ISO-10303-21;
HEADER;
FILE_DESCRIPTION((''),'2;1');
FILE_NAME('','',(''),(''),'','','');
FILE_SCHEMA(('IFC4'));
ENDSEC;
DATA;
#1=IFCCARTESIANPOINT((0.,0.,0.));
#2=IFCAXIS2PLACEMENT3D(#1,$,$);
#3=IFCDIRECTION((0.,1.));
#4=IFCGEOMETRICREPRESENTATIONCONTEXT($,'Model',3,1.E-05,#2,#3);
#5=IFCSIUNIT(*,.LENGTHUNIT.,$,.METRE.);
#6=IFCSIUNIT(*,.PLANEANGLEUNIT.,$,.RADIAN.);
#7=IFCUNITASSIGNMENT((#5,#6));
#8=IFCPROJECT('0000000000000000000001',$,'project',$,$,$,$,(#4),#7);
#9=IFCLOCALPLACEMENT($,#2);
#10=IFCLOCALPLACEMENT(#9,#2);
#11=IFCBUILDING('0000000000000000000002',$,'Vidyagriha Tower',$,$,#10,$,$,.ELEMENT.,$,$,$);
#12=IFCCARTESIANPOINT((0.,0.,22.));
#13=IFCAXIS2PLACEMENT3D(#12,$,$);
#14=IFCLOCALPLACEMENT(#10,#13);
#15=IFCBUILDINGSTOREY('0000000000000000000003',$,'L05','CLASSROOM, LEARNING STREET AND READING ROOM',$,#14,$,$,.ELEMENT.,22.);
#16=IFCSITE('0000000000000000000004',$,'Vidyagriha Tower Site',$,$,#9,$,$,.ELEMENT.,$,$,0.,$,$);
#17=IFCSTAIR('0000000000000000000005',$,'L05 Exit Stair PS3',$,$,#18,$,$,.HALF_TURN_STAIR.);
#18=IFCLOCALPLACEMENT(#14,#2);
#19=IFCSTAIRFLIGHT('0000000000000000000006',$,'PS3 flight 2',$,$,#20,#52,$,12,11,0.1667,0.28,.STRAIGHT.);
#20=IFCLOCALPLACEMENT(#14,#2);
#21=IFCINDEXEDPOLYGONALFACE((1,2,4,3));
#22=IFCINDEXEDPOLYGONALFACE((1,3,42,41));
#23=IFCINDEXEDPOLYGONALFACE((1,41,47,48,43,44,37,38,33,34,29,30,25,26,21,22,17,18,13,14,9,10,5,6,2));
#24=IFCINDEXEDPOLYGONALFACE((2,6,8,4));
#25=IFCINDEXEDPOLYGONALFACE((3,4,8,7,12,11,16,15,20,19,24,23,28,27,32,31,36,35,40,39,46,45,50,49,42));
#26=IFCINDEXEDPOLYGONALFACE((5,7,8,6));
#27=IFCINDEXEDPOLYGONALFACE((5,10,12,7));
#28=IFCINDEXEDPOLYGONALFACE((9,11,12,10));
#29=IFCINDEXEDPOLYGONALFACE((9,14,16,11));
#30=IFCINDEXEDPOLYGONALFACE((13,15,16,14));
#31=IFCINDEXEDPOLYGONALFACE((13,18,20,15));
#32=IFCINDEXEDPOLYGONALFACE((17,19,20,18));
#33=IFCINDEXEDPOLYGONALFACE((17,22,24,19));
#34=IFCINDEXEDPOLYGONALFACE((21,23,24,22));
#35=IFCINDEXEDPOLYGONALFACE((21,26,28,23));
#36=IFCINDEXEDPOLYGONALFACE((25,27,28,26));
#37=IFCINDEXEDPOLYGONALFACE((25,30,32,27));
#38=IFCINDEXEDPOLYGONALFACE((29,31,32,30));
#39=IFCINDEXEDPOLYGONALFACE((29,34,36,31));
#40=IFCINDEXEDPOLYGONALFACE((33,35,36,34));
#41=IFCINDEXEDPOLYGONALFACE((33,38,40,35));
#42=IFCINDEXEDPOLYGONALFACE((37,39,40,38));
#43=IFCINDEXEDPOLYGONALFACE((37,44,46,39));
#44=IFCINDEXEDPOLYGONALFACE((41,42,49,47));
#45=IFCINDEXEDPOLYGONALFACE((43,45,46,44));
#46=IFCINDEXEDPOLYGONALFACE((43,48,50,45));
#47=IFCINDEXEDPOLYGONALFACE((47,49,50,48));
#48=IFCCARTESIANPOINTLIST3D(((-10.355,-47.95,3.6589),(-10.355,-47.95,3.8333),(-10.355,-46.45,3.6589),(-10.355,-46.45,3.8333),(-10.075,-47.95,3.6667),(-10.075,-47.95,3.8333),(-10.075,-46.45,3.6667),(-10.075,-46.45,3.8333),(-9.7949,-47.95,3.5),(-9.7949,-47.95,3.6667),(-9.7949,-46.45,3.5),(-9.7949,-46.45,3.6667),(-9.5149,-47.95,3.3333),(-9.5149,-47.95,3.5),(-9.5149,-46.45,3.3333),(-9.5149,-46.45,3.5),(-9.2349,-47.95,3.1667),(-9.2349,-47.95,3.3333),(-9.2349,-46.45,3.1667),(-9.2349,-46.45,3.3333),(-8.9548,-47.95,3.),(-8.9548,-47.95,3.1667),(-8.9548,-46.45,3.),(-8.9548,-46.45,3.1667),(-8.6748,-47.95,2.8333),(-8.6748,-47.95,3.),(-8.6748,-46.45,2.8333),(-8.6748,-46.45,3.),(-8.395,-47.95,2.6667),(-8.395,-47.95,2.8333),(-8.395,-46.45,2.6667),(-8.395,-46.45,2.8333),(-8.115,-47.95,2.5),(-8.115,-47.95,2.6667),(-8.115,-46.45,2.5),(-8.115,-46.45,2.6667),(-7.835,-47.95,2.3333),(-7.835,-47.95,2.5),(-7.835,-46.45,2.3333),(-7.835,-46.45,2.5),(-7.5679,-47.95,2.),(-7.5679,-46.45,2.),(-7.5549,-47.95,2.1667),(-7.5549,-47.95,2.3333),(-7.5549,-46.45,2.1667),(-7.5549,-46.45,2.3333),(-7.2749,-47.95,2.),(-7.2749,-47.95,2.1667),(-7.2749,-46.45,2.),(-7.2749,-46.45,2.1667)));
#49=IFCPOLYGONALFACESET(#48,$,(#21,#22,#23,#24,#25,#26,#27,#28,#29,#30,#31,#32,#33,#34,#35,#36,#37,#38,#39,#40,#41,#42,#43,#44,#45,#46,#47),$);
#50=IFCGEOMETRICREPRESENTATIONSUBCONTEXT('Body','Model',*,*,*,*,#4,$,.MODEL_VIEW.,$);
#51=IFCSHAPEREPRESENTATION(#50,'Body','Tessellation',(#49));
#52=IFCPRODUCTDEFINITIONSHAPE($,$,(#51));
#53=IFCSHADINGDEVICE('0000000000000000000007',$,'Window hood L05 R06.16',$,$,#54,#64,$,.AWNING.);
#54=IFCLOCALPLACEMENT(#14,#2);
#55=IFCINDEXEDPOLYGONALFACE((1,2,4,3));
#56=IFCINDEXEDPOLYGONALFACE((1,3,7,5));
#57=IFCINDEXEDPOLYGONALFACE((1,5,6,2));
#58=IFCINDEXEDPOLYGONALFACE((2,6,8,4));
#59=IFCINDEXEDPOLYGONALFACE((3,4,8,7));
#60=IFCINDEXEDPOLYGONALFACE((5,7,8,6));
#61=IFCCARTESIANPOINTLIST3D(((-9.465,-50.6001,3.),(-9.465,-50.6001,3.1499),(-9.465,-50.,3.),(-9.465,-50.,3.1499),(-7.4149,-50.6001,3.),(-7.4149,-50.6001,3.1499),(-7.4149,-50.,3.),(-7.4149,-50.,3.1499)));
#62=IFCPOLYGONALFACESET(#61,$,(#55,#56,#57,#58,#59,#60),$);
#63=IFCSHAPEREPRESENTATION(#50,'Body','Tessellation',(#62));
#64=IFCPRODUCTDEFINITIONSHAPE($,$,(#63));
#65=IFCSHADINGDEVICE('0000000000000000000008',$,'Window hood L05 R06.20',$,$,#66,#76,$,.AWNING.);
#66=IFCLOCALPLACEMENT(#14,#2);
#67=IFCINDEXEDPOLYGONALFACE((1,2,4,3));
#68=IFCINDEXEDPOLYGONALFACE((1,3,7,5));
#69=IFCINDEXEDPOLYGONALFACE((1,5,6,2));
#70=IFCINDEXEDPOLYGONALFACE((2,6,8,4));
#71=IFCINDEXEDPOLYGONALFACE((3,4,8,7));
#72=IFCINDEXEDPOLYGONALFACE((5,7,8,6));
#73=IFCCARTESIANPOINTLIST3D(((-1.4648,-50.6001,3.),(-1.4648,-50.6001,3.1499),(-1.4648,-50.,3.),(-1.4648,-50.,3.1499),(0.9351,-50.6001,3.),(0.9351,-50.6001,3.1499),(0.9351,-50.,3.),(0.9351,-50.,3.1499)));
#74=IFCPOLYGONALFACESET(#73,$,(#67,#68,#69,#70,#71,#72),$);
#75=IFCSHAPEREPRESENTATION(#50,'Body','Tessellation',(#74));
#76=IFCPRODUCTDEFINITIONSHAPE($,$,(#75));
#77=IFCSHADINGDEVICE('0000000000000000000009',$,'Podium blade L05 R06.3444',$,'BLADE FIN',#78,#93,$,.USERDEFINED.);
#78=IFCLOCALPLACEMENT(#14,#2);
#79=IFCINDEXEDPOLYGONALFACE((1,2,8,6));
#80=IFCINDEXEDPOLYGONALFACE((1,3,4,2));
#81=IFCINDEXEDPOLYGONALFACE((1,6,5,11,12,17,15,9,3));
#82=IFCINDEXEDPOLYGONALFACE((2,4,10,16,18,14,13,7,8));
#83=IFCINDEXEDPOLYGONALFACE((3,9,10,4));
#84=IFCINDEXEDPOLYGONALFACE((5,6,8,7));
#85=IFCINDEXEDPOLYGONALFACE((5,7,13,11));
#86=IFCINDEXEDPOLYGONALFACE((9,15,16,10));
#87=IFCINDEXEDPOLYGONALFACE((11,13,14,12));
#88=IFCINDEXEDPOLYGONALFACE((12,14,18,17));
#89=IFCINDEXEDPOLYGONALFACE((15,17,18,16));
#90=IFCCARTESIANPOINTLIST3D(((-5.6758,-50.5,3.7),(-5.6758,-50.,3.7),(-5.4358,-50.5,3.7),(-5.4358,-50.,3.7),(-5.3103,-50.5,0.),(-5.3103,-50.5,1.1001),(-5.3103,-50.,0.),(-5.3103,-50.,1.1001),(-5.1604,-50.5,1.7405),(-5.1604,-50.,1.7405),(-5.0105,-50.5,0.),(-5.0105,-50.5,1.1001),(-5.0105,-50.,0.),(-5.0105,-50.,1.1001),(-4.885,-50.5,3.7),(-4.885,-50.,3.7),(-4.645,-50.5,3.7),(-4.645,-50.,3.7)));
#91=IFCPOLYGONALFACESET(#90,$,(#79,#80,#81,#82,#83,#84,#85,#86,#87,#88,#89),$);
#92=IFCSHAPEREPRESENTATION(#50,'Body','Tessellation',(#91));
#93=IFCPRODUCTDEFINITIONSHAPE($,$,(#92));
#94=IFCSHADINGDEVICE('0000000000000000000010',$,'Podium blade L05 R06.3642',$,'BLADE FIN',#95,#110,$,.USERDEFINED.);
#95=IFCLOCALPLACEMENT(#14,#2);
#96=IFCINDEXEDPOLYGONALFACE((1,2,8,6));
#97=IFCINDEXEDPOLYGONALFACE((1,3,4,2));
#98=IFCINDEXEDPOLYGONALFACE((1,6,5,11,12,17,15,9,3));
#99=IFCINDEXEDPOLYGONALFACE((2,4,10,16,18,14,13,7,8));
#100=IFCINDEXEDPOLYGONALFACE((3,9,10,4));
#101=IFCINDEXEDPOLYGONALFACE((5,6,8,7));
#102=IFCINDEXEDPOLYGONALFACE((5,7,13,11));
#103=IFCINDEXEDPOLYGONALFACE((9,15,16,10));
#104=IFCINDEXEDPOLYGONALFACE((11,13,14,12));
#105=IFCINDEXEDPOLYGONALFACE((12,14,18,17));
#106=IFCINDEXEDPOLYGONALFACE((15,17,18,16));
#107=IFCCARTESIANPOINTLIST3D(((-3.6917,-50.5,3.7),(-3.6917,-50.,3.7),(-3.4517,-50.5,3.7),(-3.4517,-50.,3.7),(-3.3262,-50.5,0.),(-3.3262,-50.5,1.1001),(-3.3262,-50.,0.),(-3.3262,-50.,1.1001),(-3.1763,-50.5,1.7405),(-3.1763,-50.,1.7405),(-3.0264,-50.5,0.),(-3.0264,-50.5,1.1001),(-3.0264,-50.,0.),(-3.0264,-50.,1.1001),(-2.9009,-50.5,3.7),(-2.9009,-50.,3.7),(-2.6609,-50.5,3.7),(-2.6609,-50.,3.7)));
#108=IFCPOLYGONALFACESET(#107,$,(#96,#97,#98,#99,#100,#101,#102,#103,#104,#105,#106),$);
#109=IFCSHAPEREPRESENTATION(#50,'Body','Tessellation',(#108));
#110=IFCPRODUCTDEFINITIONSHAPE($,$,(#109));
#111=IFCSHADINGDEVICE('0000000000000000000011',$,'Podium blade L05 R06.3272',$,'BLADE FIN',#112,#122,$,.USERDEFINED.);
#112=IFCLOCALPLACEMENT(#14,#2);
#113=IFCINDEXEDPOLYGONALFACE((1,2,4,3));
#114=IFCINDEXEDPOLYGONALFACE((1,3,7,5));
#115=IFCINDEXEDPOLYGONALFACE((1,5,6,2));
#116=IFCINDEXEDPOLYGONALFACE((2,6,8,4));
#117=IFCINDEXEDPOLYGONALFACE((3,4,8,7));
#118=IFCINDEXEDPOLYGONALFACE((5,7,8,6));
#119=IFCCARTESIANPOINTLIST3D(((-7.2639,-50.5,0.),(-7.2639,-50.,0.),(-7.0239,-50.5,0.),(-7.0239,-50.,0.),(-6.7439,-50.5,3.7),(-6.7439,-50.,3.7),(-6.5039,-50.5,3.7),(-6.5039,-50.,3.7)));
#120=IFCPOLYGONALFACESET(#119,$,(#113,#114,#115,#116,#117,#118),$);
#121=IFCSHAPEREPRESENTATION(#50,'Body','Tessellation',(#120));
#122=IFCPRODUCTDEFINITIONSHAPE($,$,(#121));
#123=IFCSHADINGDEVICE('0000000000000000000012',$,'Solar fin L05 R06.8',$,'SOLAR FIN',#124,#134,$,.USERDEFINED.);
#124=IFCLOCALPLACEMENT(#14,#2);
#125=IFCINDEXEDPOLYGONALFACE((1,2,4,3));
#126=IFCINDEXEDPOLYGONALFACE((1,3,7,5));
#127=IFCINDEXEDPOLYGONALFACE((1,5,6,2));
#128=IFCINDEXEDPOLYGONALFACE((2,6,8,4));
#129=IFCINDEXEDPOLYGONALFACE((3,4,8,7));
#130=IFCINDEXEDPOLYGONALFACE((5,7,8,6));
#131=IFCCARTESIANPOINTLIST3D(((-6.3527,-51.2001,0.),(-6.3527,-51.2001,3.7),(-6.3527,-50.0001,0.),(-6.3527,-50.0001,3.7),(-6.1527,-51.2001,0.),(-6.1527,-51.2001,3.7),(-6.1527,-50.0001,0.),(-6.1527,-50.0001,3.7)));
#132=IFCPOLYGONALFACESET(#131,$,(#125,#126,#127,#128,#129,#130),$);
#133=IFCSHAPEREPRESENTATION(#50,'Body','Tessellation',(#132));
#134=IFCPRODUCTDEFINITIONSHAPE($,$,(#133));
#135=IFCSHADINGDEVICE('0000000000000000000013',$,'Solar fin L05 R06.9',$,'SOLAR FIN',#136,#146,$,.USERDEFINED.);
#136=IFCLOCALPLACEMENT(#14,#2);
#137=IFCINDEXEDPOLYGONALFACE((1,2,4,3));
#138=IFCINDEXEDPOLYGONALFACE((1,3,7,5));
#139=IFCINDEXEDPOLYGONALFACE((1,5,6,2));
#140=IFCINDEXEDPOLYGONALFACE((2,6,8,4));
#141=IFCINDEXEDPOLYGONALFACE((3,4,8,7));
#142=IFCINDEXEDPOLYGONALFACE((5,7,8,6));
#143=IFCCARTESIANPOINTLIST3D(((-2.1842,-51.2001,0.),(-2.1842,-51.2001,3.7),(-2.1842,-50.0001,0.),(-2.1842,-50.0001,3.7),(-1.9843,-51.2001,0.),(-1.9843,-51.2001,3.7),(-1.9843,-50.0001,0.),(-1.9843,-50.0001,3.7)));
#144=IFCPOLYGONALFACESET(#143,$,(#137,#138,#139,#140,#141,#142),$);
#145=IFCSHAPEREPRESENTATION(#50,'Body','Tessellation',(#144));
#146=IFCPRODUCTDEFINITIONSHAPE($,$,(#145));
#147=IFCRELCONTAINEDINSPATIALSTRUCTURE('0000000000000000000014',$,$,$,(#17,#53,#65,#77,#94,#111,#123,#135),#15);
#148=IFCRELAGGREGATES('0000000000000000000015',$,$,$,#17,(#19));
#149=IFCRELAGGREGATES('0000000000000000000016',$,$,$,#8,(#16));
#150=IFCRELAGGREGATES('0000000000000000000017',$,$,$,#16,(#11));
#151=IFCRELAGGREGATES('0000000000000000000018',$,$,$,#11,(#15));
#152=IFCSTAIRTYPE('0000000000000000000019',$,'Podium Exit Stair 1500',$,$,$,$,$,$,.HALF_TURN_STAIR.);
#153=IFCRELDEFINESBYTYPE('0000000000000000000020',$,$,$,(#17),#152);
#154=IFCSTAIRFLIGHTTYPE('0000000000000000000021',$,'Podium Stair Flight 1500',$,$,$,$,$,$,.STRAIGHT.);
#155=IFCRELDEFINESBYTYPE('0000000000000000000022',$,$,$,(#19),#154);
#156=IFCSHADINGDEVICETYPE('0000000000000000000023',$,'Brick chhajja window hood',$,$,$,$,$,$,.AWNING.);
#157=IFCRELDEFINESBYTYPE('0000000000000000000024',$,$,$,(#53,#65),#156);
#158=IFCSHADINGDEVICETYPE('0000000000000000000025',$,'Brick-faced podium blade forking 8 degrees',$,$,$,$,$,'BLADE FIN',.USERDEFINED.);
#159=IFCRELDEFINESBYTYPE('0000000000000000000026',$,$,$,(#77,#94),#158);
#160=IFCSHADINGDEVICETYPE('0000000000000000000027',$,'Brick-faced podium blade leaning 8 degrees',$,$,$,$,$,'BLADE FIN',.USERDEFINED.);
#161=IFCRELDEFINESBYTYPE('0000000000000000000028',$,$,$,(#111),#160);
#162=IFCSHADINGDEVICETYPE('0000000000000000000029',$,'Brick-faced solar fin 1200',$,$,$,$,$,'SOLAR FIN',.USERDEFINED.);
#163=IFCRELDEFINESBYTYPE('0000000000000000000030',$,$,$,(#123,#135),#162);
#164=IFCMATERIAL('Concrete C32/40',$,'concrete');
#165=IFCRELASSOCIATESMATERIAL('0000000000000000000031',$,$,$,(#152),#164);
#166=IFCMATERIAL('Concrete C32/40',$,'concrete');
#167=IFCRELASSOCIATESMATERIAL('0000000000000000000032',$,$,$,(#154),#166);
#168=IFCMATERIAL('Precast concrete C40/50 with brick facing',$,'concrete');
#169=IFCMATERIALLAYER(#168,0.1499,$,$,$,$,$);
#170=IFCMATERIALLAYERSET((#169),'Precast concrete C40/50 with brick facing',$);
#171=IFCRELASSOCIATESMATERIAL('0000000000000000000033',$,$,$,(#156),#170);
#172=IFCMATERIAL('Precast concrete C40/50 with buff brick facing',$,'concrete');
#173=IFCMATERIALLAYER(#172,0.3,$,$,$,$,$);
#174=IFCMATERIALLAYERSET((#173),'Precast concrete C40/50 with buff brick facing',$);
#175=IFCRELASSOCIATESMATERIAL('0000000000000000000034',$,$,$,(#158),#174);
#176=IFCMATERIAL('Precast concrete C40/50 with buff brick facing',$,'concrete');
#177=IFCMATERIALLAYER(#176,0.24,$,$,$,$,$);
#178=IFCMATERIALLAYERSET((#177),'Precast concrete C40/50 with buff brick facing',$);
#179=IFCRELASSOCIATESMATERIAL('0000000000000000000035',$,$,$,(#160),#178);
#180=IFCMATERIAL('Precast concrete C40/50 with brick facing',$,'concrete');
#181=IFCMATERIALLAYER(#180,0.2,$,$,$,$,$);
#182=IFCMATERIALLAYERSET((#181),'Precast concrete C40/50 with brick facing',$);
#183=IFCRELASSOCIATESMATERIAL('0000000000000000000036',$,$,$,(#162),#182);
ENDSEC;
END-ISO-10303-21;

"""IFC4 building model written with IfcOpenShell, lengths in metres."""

from ifc_helpers import new_model, si_unit, direction, frame, frame_2d, origin, origin_2d, place, context, subcontext, project, spatial, polyline, rectangle, outline, extrude, material, layer, layer_set, type_object, element, aggregate, save


model = new_model("IFC4")

# Units and contexts
model_context = context("Model", 3, precision=1e-05, world=origin(), true_north=direction((0.0, 1.0)))
body_context = subcontext(model_context, "Body", "Model", "MODEL_VIEW")
ifc_project = project(units=[si_unit("LENGTHUNIT", "METRE"), si_unit("PLANEANGLEUNIT", "RADIAN")], contexts=[model_context])

# Site, building, storey
site_placement = place(None, origin())
site = spatial("IfcSite", under=ifc_project, at=site_placement, Name="Vidyagriha Tower Site", CompositionType="ELEMENT", RefElevation=0.0)
building_placement = place(site_placement, origin())
building = spatial("IfcBuilding", under=site, at=building_placement, Name="Vidyagriha Tower", CompositionType="ELEMENT")
storey_placement = place(building_placement, frame((0.0, 0.0, 22.0)))
storey = spatial("IfcBuildingStorey", under=building, at=storey_placement, Name="L05", Description="CLASSROOM, LEARNING STREET AND READING ROOM", CompositionType="ELEMENT", Elevation=22.0)

# Stair, stair flight
ifc_material_1 = material(Name="Concrete C32/40", Category="concrete")
stair_type = type_object("IfcStairType", Name="Podium Exit Stair 1500", PredefinedType="HALF_TURN_STAIR", material=ifc_material_1)
stair_placement = place(storey_placement, origin())
stair = element("IfcStair", 1, at=stair_placement, inside=storey, type_object=stair_type, Name="L05 Exit Stair PS3", PredefinedType="HALF_TURN_STAIR")
ifc_material_2 = material(Name="Concrete C32/40", Category="concrete")
stair_flight_type = type_object("IfcStairFlightType", Name="Podium Stair Flight 1500", PredefinedType="STRAIGHT", material=ifc_material_2)
stair_flight_1_placement = place(storey_placement, frame((-7.2749, -47.2, 2.0), z_axis=(0.0, 0.0, 1.0), x_axis=(-1.0, 0.0, 0.0)))
stair_flight_1 = element("IfcStairFlight", 2, at=stair_flight_1_placement, type_object=stair_flight_type, Name="PS3 flight 2", NumberOfRisers=12, NumberOfTreads=11, PredefinedType="STRAIGHT", RiserHeight=0.1667, TreadLength=0.28, context=body_context, shape_type="SweptSolid", body=[
    extrude(outline(polyline([(0.0, 0.0), (0.0, 0.1667), (0.28, 0.1667), (0.28, 0.3333), (0.5601, 0.3333), (0.5601, 0.5), (0.8401, 0.5), (0.8401, 0.6667), (1.1201, 0.6667), (1.1201, 0.8333), (1.3999, 0.8333), (1.3999, 1.0), (1.6799, 1.0), (1.6799, 1.1667), (1.96, 1.1667), (1.96, 1.3333), (2.24, 1.3333), (2.24, 1.5), (2.52, 1.5), (2.52, 1.6667), (2.8, 1.6667), (2.8, 1.8333), (3.0801, 1.8333), (3.0801, 2.0), (3.0801, 1.6589), (0.293, 0.0), (0.0, 0.0)])), frame((0.0, 0.75, 0.0), z_axis=(0.0, -1.0, 0.0), x_axis=(1.0, 0.0, 0.0)), (0.0, 0.0, 1.0), 1.5),
])
aggregate(stair, [stair_flight_1])

# Shading devices
ifc_material_3 = material(Name="Precast concrete C40/50 with brick facing", Category="concrete")
ifc_layer_1 = layer(ifc_material_3, 0.1499)
ifc_layer_set_1 = layer_set([ifc_layer_1], Name="Precast concrete C40/50 with brick facing")
shading_device_type_1 = type_object("IfcShadingDeviceType", Name="Brick chhajja window hood", PredefinedType="AWNING", material=ifc_layer_set_1)
shading_device_1_placement = place(storey_placement, frame((-8.4399, -50.3, 3.0)))
element("IfcShadingDevice", 3, at=shading_device_1_placement, inside=storey, type_object=shading_device_type_1, Name="Window hood L05 R06.16", PredefinedType="AWNING", context=body_context, shape_type="SweptSolid", body=[
    extrude(rectangle(XDim=2.05, YDim=0.6001, at=origin_2d()), origin(), (0.0, 0.0, 1.0), 0.1499),
])
shading_device_2_placement = place(storey_placement, frame((-0.2649, -50.3, 3.0)))
element("IfcShadingDevice", 4, at=shading_device_2_placement, inside=storey, type_object=shading_device_type_1, Name="Window hood L05 R06.20", PredefinedType="AWNING", context=body_context, shape_type="SweptSolid", body=[
    extrude(rectangle(XDim=2.3999, YDim=0.6001, at=origin_2d()), origin(), (0.0, 0.0, 1.0), 0.1499),
])
ifc_material_4 = material(Name="Precast concrete C40/50 with buff brick facing", Category="concrete")
ifc_layer_2 = layer(ifc_material_4, 0.3)
ifc_layer_set_2 = layer_set([ifc_layer_2], Name="Precast concrete C40/50 with buff brick facing")
shading_device_type_2 = type_object("IfcShadingDeviceType", Name="Brick-faced podium blade forking 8 degrees", ElementType="BLADE FIN", PredefinedType="USERDEFINED", material=ifc_layer_set_2)
for number, where, name in (
    (5, (-5.6758, -50.25, 0.0), "Podium blade L05 R06.3444"),
    (6, (-3.6917, -50.25, 0.0), "Podium blade L05 R06.3642"),
):
    element("IfcShadingDevice", number, at=place(storey_placement, frame(where)), inside=storey, type_object=shading_device_type_2, Name=name, ObjectType="BLADE FIN", PredefinedType="USERDEFINED", context=body_context, shape_type="SweptSolid", body=[
        extrude(outline(polyline([(0.6653, 0.0), (0.6653, 1.1001), (1.0308, 3.7), (0.7908, 3.7), (0.5154, 1.7405), (0.24, 3.7), (0.0, 3.7), (0.3655, 1.1001), (0.3655, 0.0), (0.6653, 0.0)])), frame((0.0, 0.25, 0.0), z_axis=(0.0, -1.0, 0.0), x_axis=(1.0, 0.0, 0.0)), (0.0, 0.0, 1.0), 0.5),
    ])
ifc_material_5 = material(Name="Precast concrete C40/50 with buff brick facing", Category="concrete")
ifc_layer_3 = layer(ifc_material_5, 0.24)
ifc_layer_set_3 = layer_set([ifc_layer_3], Name="Precast concrete C40/50 with buff brick facing")
shading_device_type_3 = type_object("IfcShadingDeviceType", Name="Brick-faced podium blade leaning 8 degrees", ElementType="BLADE FIN", PredefinedType="USERDEFINED", material=ifc_layer_set_3)
shading_device_3_placement = place(storey_placement, frame((-7.2639, -50.25, 0.0)))
element("IfcShadingDevice", 7, at=shading_device_3_placement, inside=storey, type_object=shading_device_type_3, Name="Podium blade L05 R06.3272", ObjectType="BLADE FIN", PredefinedType="USERDEFINED", context=body_context, shape_type="SweptSolid", body=[
    extrude(outline(polyline([(0.0, 0.0), (0.24, 0.0), (0.76, 3.7), (0.52, 3.7), (0.0, 0.0)])), frame((0.0, 0.25, 0.0), z_axis=(0.0, -1.0, 0.0), x_axis=(1.0, 0.0, 0.0)), (0.0, 0.0, 1.0), 0.5),
])
ifc_material_6 = material(Name="Precast concrete C40/50 with brick facing", Category="concrete")
ifc_layer_4 = layer(ifc_material_6, 0.2)
ifc_layer_set_4 = layer_set([ifc_layer_4], Name="Precast concrete C40/50 with brick facing")
shading_device_type_4 = type_object("IfcShadingDeviceType", Name="Brick-faced solar fin 1200", ElementType="SOLAR FIN", PredefinedType="USERDEFINED", material=ifc_layer_set_4)
for number, where, z_axis, x_axis, name in (
    (8, (-6.2527, -50.0, 0.0), (0.0, 0.0, 1.0), (0.0, -1.0, 0.0), "Solar fin L05 R06.8"),
    (9, (-2.0842, -50.0, 0.0), (0.0, 0.0, 1.0), (0.0, -1.0, 0.0), "Solar fin L05 R06.9"),
):
    element("IfcShadingDevice", number, at=place(storey_placement, frame(where, z_axis=z_axis, x_axis=x_axis)), inside=storey, type_object=shading_device_type_4, Name=name, ObjectType="SOLAR FIN", PredefinedType="USERDEFINED", context=body_context, shape_type="SweptSolid", body=[
        extrude(rectangle(XDim=1.2, YDim=0.2, at=frame_2d((0.6001, 0.0))), origin(), (0.0, 0.0, 1.0), 3.7),
    ])

save(model, "model.ifc")
